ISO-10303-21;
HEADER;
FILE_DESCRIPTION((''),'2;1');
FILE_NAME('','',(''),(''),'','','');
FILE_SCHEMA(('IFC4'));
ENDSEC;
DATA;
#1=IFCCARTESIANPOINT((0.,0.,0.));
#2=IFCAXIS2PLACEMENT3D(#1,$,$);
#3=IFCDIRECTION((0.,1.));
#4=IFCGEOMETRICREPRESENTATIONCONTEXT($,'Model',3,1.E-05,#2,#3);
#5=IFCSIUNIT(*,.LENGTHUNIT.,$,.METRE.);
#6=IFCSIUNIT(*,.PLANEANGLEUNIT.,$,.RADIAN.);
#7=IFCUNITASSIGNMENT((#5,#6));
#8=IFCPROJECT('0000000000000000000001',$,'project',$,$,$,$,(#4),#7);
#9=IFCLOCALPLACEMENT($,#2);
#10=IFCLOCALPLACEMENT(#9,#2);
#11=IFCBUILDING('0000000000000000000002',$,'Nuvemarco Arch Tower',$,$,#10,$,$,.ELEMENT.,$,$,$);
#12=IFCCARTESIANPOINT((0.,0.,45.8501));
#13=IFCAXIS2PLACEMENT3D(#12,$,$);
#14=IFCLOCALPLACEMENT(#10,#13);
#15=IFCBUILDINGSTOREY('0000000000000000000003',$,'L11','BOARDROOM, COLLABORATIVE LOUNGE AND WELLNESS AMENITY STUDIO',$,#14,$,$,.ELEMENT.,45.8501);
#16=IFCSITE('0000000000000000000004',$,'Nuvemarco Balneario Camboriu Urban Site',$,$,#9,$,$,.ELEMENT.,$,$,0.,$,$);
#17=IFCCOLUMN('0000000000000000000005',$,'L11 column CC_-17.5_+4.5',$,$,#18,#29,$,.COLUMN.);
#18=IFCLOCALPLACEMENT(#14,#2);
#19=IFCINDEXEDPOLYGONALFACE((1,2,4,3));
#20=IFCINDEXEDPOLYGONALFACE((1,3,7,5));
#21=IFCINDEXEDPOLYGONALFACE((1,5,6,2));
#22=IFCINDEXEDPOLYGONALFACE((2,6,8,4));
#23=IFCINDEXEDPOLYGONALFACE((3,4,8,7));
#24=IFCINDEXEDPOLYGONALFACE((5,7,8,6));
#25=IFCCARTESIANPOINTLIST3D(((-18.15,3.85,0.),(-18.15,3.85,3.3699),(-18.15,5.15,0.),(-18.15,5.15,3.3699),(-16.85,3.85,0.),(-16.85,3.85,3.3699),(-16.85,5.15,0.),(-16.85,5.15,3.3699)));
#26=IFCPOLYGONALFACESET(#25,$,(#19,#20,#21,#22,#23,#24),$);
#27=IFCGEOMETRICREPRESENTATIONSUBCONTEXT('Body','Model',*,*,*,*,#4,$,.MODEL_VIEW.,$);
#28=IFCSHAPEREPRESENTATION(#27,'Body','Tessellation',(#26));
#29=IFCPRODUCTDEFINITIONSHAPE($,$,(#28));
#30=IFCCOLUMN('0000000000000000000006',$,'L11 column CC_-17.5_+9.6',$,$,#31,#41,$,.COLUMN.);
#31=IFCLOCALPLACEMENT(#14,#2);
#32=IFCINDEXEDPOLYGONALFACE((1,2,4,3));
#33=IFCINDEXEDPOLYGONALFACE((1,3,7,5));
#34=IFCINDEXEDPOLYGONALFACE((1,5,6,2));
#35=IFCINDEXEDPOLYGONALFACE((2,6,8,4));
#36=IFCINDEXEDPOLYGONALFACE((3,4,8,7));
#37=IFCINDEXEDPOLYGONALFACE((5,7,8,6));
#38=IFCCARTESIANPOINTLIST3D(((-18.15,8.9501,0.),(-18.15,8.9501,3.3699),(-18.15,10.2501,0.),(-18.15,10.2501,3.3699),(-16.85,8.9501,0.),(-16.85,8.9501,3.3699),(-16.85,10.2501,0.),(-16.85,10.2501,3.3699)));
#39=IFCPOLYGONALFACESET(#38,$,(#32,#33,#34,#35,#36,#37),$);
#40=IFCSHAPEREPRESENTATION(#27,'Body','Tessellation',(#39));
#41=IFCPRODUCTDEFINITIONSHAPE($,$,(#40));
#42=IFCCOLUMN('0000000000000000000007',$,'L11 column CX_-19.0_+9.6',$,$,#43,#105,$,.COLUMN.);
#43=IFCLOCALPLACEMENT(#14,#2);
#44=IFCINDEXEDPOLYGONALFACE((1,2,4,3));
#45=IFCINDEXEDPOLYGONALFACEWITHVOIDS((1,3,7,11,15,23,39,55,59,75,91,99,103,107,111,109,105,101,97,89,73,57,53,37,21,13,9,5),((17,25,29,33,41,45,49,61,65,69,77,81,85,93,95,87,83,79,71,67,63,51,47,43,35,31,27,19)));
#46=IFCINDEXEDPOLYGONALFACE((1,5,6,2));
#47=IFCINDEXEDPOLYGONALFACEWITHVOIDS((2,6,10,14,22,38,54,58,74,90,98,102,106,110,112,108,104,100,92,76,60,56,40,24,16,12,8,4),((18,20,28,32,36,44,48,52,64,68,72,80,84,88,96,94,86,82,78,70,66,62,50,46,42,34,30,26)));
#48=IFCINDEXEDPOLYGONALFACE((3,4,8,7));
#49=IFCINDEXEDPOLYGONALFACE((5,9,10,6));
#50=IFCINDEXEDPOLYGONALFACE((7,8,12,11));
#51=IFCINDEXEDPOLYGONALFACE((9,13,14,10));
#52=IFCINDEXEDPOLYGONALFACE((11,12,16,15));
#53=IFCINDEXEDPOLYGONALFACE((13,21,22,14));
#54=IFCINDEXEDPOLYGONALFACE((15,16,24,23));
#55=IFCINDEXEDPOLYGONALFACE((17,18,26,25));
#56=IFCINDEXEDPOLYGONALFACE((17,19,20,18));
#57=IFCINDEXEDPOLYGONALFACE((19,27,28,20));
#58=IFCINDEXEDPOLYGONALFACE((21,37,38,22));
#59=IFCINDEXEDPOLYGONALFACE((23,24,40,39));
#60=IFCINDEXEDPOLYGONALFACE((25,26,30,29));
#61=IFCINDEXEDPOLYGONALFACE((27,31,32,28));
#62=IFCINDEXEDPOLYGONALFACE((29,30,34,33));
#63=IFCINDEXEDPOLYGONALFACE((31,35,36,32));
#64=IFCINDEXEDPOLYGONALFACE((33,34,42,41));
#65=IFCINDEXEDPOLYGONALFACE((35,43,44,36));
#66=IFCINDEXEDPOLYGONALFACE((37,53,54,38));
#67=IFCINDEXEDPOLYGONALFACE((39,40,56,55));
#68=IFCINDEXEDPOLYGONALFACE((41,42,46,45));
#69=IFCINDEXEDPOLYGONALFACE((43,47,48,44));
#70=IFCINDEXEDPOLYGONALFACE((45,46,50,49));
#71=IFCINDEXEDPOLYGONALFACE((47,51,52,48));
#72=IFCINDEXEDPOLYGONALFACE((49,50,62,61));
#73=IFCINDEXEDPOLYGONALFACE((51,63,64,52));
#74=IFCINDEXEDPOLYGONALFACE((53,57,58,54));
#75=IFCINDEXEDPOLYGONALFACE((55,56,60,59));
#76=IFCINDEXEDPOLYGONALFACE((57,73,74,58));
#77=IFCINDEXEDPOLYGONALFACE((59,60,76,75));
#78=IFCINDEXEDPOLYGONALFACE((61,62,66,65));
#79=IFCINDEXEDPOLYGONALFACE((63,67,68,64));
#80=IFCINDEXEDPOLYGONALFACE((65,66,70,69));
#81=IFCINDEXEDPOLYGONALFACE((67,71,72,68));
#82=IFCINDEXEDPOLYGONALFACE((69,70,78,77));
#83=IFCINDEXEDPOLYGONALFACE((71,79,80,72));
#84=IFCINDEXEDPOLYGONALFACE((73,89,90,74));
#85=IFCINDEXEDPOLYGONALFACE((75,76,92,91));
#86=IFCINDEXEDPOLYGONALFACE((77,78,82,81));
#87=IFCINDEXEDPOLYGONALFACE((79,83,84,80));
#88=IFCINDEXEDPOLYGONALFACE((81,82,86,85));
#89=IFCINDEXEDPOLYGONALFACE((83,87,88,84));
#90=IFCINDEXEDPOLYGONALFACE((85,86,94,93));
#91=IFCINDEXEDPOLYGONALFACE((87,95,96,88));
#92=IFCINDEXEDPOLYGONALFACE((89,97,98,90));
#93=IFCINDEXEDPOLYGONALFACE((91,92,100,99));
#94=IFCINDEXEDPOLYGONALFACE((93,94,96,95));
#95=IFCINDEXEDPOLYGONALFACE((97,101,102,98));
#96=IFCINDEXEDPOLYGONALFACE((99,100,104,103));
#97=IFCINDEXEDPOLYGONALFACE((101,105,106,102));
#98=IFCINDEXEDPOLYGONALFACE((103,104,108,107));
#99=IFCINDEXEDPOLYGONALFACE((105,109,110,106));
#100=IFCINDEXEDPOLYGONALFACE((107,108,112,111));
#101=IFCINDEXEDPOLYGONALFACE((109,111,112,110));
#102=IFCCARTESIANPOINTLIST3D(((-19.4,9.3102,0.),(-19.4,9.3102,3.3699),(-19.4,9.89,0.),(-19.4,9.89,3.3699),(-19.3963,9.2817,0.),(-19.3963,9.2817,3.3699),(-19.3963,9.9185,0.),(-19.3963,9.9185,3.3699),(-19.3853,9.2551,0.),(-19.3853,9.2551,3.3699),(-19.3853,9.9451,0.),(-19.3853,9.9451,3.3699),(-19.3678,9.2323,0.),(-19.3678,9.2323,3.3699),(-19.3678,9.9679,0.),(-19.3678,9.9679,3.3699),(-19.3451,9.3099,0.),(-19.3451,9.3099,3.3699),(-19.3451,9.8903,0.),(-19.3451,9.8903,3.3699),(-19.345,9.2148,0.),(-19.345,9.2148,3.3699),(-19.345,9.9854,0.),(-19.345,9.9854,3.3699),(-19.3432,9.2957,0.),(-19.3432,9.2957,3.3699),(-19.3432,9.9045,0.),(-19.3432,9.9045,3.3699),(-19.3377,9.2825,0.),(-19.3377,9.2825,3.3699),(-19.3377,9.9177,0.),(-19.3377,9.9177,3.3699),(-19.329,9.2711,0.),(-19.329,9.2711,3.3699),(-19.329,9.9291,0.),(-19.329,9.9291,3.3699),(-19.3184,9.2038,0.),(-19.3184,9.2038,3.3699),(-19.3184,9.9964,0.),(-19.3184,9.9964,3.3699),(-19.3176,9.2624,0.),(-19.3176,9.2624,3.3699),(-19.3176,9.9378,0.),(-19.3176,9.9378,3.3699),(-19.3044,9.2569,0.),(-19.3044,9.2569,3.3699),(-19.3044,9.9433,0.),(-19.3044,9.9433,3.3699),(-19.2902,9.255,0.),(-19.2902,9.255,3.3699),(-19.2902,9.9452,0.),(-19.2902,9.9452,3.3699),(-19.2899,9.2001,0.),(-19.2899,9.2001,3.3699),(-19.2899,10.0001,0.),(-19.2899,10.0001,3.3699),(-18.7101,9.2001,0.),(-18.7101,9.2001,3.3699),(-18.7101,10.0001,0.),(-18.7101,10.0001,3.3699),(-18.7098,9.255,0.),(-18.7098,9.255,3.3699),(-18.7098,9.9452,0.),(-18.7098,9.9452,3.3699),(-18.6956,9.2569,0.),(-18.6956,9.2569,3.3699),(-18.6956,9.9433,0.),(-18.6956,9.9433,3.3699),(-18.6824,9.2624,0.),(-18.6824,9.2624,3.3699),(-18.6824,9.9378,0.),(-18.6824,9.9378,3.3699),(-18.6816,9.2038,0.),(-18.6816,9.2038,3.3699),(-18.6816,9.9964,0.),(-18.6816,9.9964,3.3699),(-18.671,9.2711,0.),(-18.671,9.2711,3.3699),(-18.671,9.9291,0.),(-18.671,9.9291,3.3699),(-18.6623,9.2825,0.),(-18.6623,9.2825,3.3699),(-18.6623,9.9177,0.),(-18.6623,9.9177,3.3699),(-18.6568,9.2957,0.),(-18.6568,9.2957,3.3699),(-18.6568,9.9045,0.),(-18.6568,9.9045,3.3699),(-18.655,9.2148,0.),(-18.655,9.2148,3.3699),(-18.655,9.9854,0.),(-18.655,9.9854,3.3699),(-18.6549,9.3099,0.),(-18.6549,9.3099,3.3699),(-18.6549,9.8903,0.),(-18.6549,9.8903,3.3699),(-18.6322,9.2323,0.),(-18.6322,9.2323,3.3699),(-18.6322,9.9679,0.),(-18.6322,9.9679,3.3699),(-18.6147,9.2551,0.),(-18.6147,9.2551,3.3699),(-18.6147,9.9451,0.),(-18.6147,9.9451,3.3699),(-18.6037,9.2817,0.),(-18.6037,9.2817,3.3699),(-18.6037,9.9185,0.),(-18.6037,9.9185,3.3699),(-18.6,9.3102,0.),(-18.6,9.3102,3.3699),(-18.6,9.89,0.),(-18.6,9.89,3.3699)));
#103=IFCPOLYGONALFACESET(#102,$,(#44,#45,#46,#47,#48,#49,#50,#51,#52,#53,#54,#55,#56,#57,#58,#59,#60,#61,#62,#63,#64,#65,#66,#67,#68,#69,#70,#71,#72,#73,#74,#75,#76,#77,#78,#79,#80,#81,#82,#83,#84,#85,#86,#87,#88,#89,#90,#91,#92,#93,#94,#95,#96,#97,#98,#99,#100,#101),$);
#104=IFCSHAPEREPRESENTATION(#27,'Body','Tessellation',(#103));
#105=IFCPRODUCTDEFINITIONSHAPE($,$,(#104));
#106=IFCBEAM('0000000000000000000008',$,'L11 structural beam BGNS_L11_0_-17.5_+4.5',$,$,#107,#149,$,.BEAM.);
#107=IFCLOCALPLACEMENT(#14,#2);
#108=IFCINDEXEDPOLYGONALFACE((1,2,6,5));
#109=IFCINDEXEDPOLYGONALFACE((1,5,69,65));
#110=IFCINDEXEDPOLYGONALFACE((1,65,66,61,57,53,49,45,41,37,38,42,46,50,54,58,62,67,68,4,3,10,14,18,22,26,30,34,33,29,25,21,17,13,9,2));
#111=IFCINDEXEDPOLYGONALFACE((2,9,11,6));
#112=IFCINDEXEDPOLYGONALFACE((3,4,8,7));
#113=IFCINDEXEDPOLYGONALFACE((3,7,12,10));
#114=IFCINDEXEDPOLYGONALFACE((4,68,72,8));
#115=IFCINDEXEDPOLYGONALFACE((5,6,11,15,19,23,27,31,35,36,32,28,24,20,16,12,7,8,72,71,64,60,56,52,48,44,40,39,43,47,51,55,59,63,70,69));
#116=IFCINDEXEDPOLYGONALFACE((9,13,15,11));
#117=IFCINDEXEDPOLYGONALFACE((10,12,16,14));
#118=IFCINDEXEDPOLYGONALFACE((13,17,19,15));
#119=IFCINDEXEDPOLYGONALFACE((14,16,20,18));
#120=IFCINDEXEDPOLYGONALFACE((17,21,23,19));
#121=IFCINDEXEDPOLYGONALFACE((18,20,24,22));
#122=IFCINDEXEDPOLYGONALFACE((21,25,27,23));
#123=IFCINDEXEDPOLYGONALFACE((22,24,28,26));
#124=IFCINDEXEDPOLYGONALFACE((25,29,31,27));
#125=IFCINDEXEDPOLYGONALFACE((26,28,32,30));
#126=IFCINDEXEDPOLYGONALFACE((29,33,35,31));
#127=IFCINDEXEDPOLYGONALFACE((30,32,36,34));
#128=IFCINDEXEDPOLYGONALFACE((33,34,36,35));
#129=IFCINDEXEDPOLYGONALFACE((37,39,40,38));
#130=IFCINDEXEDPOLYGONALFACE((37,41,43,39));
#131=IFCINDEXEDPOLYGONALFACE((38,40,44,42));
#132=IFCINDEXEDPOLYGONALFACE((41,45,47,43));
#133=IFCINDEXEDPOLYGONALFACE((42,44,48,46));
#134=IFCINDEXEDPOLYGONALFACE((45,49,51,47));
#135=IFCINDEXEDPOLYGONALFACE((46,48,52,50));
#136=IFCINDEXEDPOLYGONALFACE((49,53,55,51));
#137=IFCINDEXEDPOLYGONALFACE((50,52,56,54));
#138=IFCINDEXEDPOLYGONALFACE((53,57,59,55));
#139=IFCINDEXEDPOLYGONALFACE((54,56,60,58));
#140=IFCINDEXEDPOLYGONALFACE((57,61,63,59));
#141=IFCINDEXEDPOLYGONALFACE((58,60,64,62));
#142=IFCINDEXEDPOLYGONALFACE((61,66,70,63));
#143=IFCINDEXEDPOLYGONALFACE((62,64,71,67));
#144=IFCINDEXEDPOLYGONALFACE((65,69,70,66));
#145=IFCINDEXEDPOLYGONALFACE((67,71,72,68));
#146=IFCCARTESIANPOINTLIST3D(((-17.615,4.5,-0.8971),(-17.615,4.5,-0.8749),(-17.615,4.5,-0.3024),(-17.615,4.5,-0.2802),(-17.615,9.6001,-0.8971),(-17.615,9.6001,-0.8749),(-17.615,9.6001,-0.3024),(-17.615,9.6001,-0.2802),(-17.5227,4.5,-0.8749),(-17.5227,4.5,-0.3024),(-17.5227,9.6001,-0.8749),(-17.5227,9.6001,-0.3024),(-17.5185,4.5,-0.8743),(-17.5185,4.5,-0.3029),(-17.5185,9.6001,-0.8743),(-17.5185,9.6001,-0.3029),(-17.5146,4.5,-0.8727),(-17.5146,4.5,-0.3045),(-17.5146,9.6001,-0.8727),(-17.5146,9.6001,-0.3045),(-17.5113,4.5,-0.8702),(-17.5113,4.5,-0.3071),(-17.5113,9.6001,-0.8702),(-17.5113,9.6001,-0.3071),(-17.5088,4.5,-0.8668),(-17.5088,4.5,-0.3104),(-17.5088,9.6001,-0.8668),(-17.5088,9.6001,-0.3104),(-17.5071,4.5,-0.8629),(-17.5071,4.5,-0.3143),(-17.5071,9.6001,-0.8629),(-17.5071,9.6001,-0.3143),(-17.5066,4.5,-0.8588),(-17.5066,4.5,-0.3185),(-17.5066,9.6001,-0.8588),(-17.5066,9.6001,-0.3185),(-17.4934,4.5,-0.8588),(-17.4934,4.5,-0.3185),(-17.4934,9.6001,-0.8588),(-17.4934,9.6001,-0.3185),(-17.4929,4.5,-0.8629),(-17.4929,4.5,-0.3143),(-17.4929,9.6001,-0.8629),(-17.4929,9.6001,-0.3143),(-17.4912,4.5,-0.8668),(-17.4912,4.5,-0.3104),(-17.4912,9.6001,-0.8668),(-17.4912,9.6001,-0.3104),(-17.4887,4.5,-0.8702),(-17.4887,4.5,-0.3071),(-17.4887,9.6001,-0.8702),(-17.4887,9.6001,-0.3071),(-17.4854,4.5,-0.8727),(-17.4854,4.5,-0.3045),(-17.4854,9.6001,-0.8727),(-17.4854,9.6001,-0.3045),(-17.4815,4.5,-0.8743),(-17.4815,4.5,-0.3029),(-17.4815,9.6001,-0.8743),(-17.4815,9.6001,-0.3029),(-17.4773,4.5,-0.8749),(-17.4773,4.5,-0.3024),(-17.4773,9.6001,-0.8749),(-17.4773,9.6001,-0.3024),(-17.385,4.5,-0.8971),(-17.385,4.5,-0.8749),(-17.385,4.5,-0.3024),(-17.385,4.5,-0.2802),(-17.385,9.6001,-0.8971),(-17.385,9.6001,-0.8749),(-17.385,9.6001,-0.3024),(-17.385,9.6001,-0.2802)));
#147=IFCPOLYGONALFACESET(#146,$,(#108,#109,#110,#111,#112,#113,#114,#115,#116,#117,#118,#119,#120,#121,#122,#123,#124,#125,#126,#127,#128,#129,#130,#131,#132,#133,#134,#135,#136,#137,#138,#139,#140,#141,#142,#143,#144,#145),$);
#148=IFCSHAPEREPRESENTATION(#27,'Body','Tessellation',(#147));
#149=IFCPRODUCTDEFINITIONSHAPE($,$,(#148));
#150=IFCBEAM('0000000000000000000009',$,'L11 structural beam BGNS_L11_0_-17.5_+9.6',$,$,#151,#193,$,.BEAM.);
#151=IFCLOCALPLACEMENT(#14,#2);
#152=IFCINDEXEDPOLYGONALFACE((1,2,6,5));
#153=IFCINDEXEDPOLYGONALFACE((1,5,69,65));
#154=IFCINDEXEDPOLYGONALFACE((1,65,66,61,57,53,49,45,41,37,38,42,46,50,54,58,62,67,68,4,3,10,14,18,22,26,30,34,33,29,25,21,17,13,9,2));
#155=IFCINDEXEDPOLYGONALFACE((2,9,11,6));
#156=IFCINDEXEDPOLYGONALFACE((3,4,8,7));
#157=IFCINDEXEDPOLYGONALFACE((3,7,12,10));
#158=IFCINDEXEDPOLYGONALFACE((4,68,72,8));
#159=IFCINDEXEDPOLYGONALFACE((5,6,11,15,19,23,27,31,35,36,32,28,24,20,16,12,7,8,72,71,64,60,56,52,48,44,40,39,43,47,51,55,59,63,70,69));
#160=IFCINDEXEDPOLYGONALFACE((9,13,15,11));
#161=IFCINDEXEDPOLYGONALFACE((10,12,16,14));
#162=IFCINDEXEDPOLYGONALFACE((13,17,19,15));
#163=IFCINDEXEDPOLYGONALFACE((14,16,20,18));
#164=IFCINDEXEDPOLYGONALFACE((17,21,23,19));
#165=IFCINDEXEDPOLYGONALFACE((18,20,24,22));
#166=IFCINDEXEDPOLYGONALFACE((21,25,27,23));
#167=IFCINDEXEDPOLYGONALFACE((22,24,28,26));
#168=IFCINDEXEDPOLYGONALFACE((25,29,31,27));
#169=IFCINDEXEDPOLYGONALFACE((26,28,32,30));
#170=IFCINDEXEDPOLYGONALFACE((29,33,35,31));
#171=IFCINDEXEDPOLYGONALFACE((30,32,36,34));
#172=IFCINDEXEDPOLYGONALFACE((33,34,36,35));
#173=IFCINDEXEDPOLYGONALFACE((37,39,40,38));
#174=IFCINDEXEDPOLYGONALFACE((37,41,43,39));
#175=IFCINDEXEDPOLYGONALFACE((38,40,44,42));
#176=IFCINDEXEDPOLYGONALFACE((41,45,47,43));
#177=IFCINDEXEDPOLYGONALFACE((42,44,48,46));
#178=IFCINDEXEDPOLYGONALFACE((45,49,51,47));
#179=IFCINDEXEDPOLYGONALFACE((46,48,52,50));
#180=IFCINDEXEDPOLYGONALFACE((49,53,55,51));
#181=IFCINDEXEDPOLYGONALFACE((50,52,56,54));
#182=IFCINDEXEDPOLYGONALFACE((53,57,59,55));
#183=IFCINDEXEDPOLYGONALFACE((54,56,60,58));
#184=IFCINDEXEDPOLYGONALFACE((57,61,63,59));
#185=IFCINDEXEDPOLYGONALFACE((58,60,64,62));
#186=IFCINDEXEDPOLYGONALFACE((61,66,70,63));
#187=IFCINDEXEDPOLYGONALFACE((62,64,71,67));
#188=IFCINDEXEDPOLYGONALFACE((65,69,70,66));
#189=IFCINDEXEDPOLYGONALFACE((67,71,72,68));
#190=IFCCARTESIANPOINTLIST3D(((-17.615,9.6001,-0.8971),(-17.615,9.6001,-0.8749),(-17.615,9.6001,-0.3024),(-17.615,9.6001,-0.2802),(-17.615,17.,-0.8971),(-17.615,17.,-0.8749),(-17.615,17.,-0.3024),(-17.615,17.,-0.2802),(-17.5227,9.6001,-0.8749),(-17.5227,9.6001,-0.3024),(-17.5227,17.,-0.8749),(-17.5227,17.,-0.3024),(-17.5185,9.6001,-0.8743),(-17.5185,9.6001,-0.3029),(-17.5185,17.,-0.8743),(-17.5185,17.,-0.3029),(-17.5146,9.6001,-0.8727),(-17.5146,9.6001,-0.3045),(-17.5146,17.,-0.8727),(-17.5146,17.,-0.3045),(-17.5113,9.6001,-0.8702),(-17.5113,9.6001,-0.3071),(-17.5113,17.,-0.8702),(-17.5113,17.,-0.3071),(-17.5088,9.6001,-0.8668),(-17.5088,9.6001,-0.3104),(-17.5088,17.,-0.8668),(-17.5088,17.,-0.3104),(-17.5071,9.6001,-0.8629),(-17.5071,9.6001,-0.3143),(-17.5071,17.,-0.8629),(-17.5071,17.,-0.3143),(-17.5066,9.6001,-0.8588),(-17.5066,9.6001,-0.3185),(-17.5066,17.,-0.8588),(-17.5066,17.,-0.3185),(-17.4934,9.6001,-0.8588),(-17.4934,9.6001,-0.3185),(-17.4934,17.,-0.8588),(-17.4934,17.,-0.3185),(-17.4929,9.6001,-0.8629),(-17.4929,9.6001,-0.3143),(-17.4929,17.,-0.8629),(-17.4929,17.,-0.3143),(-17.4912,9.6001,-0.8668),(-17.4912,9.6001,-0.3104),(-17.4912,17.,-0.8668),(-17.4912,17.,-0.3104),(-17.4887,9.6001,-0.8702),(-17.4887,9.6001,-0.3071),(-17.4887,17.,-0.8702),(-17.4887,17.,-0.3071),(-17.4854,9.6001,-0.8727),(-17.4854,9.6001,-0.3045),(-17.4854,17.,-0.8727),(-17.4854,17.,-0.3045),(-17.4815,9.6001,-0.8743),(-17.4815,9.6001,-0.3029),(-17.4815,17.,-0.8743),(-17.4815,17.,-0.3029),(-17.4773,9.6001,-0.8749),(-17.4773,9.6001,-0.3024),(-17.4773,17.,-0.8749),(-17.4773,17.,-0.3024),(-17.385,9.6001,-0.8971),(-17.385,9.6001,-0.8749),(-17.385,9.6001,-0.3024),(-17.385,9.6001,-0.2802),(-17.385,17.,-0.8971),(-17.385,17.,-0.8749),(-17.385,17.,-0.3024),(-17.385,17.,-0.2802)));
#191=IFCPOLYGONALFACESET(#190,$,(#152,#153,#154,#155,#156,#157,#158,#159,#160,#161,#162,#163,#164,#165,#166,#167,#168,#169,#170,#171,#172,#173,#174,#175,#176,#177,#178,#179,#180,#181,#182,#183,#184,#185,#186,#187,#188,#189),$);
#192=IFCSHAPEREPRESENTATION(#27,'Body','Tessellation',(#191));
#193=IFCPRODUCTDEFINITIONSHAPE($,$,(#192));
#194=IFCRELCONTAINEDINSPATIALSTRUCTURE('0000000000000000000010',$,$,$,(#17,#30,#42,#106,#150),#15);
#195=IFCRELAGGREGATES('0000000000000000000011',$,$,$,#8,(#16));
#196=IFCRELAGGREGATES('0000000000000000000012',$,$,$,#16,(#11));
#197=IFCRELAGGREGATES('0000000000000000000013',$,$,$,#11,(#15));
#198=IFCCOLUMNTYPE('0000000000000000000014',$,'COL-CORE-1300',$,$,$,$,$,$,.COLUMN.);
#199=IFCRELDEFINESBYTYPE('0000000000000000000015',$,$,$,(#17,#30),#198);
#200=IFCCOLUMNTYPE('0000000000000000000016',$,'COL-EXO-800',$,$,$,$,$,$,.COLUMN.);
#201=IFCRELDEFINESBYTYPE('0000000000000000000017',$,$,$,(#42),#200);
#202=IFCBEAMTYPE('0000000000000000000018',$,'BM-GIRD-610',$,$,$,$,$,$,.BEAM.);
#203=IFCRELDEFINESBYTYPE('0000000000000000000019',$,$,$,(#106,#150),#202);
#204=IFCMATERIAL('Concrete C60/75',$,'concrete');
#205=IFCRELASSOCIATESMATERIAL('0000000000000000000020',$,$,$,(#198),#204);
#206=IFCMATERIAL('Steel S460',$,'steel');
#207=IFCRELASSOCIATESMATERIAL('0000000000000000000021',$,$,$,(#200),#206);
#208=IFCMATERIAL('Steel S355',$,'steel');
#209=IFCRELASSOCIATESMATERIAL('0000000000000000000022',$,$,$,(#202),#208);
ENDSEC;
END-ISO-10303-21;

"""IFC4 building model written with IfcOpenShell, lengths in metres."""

from ifc_helpers import new_model, si_unit, direction, frame, origin, origin_2d, place, context, subcontext, project, spatial, rectangle, hollow_rectangle, i_section, extrude, material, material_profile, profile_set, type_object, element, save


model = new_model("IFC4")

# Units and contexts
model_context = context("Model", 3, precision=1e-05, world=origin(), true_north=direction((0.0, 1.0)))
body_context = subcontext(model_context, "Body", "Model", "MODEL_VIEW")
ifc_project = project(units=[si_unit("LENGTHUNIT", "METRE"), si_unit("PLANEANGLEUNIT", "RADIAN")], contexts=[model_context])

# Site, building, storey
site_placement = place(None, origin())
site = spatial("IfcSite", under=ifc_project, at=site_placement, Name="Nuvemarco Balneario Camboriu Urban Site", CompositionType="ELEMENT", RefElevation=0.0)
building_placement = place(site_placement, origin())
building = spatial("IfcBuilding", under=site, at=building_placement, Name="Nuvemarco Arch Tower", CompositionType="ELEMENT")
storey_placement = place(building_placement, frame((0.0, 0.0, 45.8501)))
storey = spatial("IfcBuildingStorey", under=building, at=storey_placement, Name="L11", Description="BOARDROOM, COLLABORATIVE LOUNGE AND WELLNESS AMENITY STUDIO", CompositionType="ELEMENT", Elevation=45.8501)

# Columns
ifc_material_1 = material(Name="Concrete C60/75", Category="concrete")
ifc_material_profile_1 = material_profile(ifc_material_1, rectangle(XDim=1.3, YDim=1.3, at=origin_2d()), Name="RC-COL-1300x1300")
ifc_profile_set_1 = profile_set([ifc_material_profile_1], Name="Concrete C60/75")
column_type_1 = type_object("IfcColumnType", Name="COL-CORE-1300", PredefinedType="COLUMN", material=ifc_profile_set_1)
for number, where, z_axis, x_axis, name in (
    (1, (-17.5, 4.5, 0.0), (0.0, 0.0, 1.0), (1.0, 0.0, 0.0), "L11 column CC_-17.5_+4.5"),
    (2, (-17.5, 9.6001, 0.0), (0.0, 0.0, 1.0), (1.0, 0.0, 0.0), "L11 column CC_-17.5_+9.6"),
):
    element("IfcColumn", number, at=place(storey_placement, frame(where, z_axis=z_axis, x_axis=x_axis)), inside=storey, type_object=column_type_1, Name=name, PredefinedType="COLUMN", context=body_context, shape_type="SweptSolid", body=[
        extrude(rectangle(XDim=1.3, YDim=1.3, at=origin_2d()), origin(), (0.0, 0.0, 1.0), 3.3699),
    ])
ifc_material_2 = material(Name="Steel S460", Category="steel")
ifc_material_profile_2 = material_profile(ifc_material_2, hollow_rectangle(XDim=0.8, YDim=0.8, WallThickness=0.0549, InnerFilletRadius=0.0549, OuterFilletRadius=0.1101, at=origin_2d()), Name="SHS800x800x55")
ifc_profile_set_2 = profile_set([ifc_material_profile_2], Name="Steel S460")
column_type_2 = type_object("IfcColumnType", Name="COL-EXO-800", PredefinedType="COLUMN", material=ifc_profile_set_2)
column_placement = place(storey_placement, frame((-19.0, 9.6001, 0.0), z_axis=(0.0, 0.0, 1.0), x_axis=(1.0, 0.0, 0.0)))
element("IfcColumn", 3, at=column_placement, inside=storey, type_object=column_type_2, Name="L11 column CX_-19.0_+9.6", PredefinedType="COLUMN", context=body_context, shape_type="SweptSolid", body=[
    extrude(hollow_rectangle(XDim=0.8, YDim=0.8, WallThickness=0.0549, InnerFilletRadius=0.0549, OuterFilletRadius=0.1101, at=origin_2d()), origin(), (0.0, 0.0, 1.0), 3.3699),
])

# Beams
ifc_material_3 = material(Name="Steel S355", Category="steel")
ifc_material_profile_3 = material_profile(ifc_material_3, i_section(OverallWidth=0.23, OverallDepth=0.6169, WebThickness=0.0132, FlangeThickness=0.0222, FilletRadius=0.0161, at=origin_2d()), Name="W610x140")
ifc_profile_set_3 = profile_set([ifc_material_profile_3], Name="Steel S355")
beam_type_1 = type_object("IfcBeamType", Name="BM-GIRD-610", PredefinedType="BEAM", material=ifc_profile_set_3)
beam_1_placement = place(storey_placement, frame((-17.5, 4.5, -0.5886), z_axis=(0.0, 1.0, 0.0), x_axis=(-1.0, 0.0, 0.0)))
element("IfcBeam", 4, at=beam_1_placement, inside=storey, type_object=beam_type_1, Name="L11 structural beam BGNS_L11_0_-17.5_+4.5", PredefinedType="BEAM", context=body_context, shape_type="SweptSolid", body=[
    extrude(i_section(OverallWidth=0.23, OverallDepth=0.6169, WebThickness=0.0132, FlangeThickness=0.0222, FilletRadius=0.0161, at=origin_2d()), origin(), (0.0, 0.0, 1.0), 5.1001),
])
beam_2_placement = place(storey_placement, frame((-17.5, 9.6001, -0.5886), z_axis=(0.0, 1.0, 0.0), x_axis=(-1.0, 0.0, 0.0)))
element("IfcBeam", 5, at=beam_2_placement, inside=storey, type_object=beam_type_1, Name="L11 structural beam BGNS_L11_0_-17.5_+9.6", PredefinedType="BEAM", context=body_context, shape_type="SweptSolid", body=[
    extrude(i_section(OverallWidth=0.23, OverallDepth=0.6169, WebThickness=0.0132, FlangeThickness=0.0222, FilletRadius=0.0161, at=origin_2d()), origin(), (0.0, 0.0, 1.0), 7.3999),
])

save(model, "model.ifc")
